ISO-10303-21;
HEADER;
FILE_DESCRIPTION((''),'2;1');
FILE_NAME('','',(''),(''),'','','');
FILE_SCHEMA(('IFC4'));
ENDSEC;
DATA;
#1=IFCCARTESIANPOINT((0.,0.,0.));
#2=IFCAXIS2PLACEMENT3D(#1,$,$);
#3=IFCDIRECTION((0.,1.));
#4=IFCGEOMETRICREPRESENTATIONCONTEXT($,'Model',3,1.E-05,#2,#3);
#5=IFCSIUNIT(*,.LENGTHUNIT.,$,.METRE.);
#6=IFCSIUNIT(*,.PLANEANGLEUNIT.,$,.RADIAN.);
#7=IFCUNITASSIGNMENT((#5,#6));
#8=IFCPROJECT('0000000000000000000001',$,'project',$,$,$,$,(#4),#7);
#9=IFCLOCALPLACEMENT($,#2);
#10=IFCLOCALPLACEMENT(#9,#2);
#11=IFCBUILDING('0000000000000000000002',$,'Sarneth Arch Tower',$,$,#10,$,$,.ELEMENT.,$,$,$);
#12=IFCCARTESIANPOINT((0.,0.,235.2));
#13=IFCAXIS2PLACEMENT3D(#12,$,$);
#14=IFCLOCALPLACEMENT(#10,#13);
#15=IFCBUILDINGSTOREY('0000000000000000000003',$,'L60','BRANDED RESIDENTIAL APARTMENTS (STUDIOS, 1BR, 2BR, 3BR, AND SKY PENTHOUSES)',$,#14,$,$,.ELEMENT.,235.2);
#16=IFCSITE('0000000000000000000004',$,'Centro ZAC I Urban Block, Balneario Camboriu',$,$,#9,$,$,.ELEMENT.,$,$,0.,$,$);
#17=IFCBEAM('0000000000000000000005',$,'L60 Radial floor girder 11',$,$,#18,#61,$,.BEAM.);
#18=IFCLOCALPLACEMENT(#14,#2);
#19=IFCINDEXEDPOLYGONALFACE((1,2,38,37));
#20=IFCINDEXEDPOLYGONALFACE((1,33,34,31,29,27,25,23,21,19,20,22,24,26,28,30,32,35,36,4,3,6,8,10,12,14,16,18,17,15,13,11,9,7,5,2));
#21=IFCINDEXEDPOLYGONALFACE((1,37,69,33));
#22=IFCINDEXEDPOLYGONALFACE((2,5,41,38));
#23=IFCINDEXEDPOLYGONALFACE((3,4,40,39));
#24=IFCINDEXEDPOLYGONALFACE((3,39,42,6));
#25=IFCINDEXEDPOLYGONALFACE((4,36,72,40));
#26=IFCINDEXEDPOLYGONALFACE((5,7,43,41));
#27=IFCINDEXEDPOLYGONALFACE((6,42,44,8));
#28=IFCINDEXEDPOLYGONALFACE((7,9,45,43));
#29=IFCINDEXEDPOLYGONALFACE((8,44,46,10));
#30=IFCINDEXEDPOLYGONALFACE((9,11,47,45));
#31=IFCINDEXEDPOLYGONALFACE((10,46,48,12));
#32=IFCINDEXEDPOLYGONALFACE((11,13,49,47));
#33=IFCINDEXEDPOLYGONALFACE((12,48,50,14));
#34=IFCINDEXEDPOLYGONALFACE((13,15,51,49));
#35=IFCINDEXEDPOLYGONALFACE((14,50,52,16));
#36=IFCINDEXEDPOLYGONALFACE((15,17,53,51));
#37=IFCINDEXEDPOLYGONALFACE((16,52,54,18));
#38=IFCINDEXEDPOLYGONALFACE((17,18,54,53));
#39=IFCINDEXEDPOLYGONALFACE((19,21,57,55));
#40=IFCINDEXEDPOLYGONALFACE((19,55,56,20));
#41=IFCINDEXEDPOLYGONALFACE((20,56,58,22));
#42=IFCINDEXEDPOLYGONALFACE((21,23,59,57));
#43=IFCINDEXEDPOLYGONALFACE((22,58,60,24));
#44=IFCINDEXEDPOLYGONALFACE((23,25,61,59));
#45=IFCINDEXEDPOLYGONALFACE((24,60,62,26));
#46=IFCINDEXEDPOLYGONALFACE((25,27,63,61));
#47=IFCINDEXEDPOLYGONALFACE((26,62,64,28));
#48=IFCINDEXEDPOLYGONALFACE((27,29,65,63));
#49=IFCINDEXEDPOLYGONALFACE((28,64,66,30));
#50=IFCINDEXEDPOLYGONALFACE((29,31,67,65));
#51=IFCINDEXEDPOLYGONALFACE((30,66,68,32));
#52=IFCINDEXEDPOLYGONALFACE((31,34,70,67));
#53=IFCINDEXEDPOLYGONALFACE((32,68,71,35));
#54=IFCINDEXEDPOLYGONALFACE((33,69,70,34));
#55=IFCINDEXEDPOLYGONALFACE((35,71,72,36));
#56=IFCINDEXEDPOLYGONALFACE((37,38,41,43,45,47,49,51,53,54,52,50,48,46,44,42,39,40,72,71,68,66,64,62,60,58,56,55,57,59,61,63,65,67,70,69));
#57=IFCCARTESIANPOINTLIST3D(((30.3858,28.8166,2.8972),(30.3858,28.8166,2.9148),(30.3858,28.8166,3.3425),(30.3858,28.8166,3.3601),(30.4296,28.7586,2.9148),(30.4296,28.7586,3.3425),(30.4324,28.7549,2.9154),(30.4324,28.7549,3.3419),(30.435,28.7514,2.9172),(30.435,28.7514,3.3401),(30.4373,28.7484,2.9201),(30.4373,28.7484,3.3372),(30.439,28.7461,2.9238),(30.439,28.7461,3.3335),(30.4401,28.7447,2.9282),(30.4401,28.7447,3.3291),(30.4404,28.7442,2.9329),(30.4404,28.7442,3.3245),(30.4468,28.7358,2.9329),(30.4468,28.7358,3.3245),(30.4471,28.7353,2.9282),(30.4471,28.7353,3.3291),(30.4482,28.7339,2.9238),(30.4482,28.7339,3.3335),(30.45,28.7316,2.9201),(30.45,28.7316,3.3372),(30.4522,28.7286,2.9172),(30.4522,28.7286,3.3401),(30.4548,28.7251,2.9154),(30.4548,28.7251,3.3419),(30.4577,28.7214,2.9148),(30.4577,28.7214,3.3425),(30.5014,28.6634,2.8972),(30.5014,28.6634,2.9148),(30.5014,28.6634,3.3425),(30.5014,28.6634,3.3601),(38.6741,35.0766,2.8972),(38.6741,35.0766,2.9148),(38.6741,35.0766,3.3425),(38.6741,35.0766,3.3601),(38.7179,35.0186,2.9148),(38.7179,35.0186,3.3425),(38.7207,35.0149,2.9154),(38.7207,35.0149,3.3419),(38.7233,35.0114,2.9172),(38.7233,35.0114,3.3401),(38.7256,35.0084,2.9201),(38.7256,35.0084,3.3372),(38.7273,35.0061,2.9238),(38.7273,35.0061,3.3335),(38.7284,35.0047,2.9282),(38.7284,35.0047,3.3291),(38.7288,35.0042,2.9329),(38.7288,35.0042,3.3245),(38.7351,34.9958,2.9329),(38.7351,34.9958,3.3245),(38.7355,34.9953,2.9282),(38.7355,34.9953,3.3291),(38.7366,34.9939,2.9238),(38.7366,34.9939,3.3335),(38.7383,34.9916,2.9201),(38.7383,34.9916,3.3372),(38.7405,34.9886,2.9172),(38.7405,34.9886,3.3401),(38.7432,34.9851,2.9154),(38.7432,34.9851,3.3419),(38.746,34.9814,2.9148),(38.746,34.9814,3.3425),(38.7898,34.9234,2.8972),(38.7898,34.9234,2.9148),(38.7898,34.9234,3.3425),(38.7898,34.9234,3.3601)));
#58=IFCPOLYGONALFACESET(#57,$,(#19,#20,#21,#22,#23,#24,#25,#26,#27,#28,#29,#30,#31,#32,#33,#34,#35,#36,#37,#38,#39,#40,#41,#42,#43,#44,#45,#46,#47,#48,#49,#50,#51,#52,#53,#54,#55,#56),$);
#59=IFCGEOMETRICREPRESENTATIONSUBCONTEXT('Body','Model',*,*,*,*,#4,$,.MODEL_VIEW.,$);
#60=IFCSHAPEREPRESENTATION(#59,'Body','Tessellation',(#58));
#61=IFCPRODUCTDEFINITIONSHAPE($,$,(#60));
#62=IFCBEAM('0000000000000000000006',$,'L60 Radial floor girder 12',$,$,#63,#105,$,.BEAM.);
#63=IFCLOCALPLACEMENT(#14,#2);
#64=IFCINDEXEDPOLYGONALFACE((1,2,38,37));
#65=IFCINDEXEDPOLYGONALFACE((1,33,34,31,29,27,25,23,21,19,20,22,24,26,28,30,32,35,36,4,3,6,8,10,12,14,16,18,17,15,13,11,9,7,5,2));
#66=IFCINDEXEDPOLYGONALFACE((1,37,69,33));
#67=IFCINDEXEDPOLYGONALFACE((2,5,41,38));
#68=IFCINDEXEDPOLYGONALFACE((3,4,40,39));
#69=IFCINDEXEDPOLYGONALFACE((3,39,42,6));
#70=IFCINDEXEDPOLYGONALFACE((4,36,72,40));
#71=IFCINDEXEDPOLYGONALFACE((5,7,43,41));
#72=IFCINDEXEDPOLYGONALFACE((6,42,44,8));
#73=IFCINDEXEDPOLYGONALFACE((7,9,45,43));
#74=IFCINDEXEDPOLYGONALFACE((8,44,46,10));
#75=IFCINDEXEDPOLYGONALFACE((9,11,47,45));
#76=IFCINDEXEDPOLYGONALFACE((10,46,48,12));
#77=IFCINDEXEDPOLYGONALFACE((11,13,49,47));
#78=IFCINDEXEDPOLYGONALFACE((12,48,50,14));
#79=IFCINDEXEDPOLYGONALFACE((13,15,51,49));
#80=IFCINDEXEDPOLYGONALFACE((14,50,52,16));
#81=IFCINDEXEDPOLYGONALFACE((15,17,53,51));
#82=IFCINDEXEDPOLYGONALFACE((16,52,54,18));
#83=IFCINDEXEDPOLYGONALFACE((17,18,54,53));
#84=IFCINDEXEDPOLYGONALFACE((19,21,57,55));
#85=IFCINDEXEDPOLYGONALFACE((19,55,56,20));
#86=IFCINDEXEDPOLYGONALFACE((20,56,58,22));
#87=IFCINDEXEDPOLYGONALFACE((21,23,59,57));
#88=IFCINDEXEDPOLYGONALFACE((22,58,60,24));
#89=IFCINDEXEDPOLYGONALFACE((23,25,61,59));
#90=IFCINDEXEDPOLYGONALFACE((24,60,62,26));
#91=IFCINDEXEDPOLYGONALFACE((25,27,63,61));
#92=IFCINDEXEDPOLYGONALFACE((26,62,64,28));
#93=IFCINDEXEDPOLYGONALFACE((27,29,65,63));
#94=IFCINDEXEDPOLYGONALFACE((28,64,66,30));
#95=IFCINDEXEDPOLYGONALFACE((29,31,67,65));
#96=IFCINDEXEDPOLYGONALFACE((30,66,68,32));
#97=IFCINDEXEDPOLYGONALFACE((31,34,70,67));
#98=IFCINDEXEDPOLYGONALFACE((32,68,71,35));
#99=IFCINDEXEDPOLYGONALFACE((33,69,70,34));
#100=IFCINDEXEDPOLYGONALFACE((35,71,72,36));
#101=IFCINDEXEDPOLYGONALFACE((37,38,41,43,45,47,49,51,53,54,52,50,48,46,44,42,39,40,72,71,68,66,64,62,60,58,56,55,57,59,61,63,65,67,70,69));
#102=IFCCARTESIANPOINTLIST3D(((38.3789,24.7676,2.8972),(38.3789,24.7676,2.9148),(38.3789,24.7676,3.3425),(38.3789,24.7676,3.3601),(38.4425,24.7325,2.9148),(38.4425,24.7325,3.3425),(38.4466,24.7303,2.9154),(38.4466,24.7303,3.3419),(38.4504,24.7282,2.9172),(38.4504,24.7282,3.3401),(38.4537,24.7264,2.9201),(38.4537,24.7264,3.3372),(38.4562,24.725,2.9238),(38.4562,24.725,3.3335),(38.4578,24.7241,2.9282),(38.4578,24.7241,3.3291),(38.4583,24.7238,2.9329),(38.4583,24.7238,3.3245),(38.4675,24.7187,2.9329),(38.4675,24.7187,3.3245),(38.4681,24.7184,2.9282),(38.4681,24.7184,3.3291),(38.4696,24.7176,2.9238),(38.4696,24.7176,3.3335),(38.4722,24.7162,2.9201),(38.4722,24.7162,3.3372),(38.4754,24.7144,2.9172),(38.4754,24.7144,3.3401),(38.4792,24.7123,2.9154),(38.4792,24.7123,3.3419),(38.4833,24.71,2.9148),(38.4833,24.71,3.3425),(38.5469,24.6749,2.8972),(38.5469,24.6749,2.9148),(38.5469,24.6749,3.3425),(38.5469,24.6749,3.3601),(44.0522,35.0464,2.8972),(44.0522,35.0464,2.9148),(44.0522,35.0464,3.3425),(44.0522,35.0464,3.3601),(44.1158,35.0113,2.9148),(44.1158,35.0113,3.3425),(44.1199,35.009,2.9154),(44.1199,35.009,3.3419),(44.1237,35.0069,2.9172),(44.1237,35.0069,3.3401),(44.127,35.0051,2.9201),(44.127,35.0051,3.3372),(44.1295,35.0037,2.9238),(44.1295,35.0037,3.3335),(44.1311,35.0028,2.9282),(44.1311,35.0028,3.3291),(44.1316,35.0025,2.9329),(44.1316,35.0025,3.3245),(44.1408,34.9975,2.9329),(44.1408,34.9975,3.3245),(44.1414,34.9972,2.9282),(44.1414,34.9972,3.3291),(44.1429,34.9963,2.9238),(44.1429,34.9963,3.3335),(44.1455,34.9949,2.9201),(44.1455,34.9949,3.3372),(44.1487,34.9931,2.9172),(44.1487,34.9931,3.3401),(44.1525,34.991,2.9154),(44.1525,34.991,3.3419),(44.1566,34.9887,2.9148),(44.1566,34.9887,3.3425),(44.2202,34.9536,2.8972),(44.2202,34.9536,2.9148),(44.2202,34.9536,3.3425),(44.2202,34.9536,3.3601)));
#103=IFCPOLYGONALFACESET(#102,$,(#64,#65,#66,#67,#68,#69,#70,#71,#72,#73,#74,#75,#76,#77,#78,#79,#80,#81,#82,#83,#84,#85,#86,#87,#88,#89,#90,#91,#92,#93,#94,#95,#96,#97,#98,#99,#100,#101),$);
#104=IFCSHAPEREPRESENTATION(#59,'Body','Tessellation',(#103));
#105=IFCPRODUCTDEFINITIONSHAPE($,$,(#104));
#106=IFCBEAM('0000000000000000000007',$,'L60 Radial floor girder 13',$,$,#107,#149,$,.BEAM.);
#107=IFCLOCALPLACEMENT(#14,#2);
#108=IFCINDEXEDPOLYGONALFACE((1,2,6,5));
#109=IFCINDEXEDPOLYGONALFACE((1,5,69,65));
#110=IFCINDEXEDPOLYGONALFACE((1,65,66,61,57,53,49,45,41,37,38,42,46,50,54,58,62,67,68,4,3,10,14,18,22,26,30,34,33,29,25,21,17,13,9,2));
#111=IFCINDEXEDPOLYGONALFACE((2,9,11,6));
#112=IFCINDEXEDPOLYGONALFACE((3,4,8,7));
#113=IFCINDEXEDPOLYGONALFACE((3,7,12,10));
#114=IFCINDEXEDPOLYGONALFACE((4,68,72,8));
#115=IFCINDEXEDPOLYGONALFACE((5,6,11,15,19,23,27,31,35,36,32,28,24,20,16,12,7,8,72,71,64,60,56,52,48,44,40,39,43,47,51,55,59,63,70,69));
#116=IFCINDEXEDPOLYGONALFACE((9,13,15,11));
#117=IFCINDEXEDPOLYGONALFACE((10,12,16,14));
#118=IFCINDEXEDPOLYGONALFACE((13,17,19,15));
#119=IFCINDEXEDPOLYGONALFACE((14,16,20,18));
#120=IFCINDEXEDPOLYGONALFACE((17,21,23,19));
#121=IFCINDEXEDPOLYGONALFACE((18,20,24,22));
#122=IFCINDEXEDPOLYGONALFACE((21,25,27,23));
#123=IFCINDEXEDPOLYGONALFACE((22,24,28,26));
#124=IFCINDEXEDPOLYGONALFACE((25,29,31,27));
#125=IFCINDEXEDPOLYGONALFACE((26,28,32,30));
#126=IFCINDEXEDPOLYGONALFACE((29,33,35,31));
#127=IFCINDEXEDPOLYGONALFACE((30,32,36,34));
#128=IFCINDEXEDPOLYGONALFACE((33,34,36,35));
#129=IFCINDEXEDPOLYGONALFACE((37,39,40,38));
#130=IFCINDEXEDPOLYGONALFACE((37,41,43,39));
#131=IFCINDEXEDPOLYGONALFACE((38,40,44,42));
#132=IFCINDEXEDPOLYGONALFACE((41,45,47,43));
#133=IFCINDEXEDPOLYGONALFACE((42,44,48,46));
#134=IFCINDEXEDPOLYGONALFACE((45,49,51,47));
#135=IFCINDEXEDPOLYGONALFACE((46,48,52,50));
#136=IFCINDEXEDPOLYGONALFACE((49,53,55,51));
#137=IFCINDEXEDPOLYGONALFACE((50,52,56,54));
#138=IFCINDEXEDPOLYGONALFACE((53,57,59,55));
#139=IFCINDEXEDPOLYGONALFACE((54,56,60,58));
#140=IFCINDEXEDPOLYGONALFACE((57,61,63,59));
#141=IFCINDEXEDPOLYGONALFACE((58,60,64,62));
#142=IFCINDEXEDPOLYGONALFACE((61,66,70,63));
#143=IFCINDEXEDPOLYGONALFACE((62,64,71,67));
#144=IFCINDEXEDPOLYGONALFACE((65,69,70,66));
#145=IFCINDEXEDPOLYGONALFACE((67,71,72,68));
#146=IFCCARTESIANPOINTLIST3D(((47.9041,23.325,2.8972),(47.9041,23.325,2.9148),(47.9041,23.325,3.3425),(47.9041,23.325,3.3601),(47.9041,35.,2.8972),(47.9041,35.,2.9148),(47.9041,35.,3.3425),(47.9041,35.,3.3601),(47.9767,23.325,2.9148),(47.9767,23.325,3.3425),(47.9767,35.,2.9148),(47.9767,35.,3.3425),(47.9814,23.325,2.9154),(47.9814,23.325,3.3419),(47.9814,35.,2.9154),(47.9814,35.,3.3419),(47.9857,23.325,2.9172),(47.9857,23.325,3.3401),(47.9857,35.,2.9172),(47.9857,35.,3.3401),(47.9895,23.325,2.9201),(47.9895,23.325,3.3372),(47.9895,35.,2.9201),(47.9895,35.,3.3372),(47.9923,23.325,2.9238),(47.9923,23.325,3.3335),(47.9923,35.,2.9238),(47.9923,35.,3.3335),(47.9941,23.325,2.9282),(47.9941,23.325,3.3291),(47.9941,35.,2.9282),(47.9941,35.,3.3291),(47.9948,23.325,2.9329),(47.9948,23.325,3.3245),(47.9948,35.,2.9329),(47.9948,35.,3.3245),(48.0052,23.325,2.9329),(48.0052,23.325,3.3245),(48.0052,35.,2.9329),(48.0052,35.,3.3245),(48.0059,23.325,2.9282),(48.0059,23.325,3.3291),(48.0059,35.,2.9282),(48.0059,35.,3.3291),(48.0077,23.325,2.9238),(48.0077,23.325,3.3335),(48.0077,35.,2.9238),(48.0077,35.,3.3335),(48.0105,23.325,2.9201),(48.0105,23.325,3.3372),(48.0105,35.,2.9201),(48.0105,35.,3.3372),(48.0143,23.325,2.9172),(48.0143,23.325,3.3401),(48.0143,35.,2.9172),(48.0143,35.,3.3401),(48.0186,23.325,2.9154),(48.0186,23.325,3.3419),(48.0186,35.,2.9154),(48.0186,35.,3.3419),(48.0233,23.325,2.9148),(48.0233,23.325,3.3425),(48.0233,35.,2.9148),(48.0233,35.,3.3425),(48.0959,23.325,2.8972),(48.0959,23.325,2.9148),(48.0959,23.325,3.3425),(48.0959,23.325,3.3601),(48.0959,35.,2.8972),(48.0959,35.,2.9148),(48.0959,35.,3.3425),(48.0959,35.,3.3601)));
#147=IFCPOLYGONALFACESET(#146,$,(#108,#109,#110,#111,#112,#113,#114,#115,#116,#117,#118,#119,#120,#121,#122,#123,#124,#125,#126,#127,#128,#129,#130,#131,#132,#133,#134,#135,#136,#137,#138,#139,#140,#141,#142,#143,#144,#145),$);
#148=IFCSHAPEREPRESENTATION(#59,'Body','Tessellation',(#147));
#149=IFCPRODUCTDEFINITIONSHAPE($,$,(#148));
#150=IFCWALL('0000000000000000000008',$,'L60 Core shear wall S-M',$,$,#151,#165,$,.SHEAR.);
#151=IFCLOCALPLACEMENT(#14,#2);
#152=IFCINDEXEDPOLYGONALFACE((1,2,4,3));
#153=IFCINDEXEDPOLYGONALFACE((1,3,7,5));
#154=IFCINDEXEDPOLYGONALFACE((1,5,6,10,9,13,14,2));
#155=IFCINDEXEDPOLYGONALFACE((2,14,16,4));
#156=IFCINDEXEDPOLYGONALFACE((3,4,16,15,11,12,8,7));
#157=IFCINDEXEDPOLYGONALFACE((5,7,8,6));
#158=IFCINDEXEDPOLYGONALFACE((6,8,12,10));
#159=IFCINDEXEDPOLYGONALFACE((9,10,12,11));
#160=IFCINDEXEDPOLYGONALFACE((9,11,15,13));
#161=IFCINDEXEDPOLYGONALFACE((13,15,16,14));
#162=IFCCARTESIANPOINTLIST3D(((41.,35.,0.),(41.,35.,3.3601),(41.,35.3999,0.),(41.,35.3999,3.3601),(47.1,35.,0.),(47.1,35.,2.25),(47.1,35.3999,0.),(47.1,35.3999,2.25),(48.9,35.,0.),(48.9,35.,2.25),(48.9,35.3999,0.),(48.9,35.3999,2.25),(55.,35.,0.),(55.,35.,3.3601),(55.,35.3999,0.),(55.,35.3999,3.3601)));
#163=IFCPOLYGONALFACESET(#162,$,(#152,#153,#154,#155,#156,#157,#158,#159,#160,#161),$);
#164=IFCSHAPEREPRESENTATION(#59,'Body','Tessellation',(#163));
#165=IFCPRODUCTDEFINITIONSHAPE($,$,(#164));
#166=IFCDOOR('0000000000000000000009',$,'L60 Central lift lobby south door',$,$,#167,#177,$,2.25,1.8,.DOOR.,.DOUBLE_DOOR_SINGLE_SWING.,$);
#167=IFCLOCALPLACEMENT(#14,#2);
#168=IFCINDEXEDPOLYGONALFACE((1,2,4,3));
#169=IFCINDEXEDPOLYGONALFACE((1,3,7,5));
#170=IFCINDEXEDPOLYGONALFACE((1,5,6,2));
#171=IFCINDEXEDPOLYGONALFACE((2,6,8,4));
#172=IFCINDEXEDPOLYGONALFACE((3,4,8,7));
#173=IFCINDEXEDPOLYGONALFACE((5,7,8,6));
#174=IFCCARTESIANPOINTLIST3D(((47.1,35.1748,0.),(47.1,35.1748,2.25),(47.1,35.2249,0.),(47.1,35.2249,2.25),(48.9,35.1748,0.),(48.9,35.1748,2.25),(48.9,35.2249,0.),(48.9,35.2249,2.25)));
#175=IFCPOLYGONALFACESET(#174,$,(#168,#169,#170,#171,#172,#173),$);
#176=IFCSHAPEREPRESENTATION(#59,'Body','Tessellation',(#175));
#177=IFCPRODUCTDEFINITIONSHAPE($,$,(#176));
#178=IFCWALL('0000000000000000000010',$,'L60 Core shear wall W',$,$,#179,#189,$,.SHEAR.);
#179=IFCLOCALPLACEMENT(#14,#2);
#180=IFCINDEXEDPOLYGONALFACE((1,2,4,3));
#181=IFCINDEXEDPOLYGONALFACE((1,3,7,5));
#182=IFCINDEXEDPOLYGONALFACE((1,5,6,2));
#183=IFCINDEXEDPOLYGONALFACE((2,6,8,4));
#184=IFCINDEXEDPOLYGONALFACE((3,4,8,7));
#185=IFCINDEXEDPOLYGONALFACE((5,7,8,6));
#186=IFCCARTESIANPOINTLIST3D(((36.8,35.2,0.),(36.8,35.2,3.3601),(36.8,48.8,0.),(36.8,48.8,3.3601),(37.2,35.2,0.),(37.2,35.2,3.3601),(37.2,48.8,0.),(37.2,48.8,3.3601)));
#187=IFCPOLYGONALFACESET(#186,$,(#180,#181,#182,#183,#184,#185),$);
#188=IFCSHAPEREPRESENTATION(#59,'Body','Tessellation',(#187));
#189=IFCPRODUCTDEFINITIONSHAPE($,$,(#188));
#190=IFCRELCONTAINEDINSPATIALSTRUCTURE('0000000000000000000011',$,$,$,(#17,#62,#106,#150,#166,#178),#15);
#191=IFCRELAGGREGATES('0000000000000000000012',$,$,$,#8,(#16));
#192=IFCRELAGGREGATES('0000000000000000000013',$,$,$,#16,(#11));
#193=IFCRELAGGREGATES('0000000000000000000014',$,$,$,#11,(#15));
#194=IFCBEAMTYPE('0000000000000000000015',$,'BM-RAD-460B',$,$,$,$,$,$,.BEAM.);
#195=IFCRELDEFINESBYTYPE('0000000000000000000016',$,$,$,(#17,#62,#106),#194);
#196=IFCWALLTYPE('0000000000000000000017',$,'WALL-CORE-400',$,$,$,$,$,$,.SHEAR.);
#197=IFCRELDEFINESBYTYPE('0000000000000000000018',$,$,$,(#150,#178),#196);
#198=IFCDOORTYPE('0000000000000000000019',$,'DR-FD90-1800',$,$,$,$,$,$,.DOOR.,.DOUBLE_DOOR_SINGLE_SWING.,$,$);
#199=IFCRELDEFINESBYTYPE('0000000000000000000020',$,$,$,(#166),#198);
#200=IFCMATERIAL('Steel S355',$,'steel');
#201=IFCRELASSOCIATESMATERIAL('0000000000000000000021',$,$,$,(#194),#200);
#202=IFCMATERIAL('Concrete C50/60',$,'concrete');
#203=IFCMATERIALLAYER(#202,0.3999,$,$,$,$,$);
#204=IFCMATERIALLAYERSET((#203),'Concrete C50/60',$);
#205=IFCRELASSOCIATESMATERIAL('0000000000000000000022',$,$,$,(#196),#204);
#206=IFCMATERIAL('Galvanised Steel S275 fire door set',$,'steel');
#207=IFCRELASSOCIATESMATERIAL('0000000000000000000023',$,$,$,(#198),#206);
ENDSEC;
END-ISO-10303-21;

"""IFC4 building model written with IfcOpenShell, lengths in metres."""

from ifc_helpers import new_model, si_unit, direction, frame, frame_2d, origin, origin_2d, place, context, subcontext, project, spatial, rectangle, i_section, extrude, material, layer, layer_set, material_profile, profile_set, type_object, element, fill, save


model = new_model("IFC4")

# Units and contexts
model_context = context("Model", 3, precision=1e-05, world=origin(), true_north=direction((0.0, 1.0)))
body_context = subcontext(model_context, "Body", "Model", "MODEL_VIEW")
ifc_project = project(units=[si_unit("LENGTHUNIT", "METRE"), si_unit("PLANEANGLEUNIT", "RADIAN")], contexts=[model_context])

# Site, building, storey
site_placement = place(None, origin())
site = spatial("IfcSite", under=ifc_project, at=site_placement, Name="Centro ZAC I Urban Block, Balneario Camboriu", CompositionType="ELEMENT", RefElevation=0.0)
building_placement = place(site_placement, origin())
building = spatial("IfcBuilding", under=site, at=building_placement, Name="Sarneth Arch Tower", CompositionType="ELEMENT")
storey_placement = place(building_placement, frame((0.0, 0.0, 235.2)))
storey = spatial("IfcBuildingStorey", under=building, at=storey_placement, Name="L60", Description="BRANDED RESIDENTIAL APARTMENTS (STUDIOS, 1BR, 2BR, 3BR, AND SKY PENTHOUSES)", CompositionType="ELEMENT", Elevation=235.2)

# Beams
ifc_material_1 = material(Name="Steel S355", Category="steel")
ifc_material_profile_1 = material_profile(ifc_material_1, i_section(OverallWidth=0.1919, OverallDepth=0.4629, WebThickness=0.0105, FlangeThickness=0.0176, FilletRadius=0.0181, at=origin_2d()), Name="W460x89")
ifc_profile_set_1 = profile_set([ifc_material_profile_1], Name="Steel S355")
beam_type_1 = type_object("IfcBeamType", Name="BM-RAD-460B", PredefinedType="BEAM", material=ifc_profile_set_1)
beam_1_placement = place(storey_placement, frame((38.7319, 35.0, 3.1287), z_axis=(-0.797973, -0.602693, 0.0), x_axis=(0.602693, -0.797973, 0.0)))
element("IfcBeam", 1, at=beam_1_placement, inside=storey, type_object=beam_type_1, Name="L60 Radial floor girder 11", PredefinedType="BEAM", context=body_context, shape_type="SweptSolid", body=[
    extrude(i_section(OverallWidth=0.1919, OverallDepth=0.4629, WebThickness=0.0105, FlangeThickness=0.0176, FilletRadius=0.0181, at=origin_2d()), origin(), (0.0, 0.0, 1.0), 10.3867),
])
beam_2_placement = place(storey_placement, frame((44.1362, 35.0, 3.1287), z_axis=(-0.483226, -0.875496, 0.0), x_axis=(0.875496, -0.483226, 0.0)))
element("IfcBeam", 2, at=beam_2_placement, inside=storey, type_object=beam_type_1, Name="L60 Radial floor girder 12", PredefinedType="BEAM", context=body_context, shape_type="SweptSolid", body=[
    extrude(i_section(OverallWidth=0.1919, OverallDepth=0.4629, WebThickness=0.0105, FlangeThickness=0.0176, FilletRadius=0.0181, at=origin_2d()), origin(), (0.0, 0.0, 1.0), 11.7405),
])
beam_3_placement = place(storey_placement, frame((48.0, 35.0, 3.1287), z_axis=(0.0, -1.0, 0.0), x_axis=(1.0, 0.0, 0.0)))
element("IfcBeam", 3, at=beam_3_placement, inside=storey, type_object=beam_type_1, Name="L60 Radial floor girder 13", PredefinedType="BEAM", context=body_context, shape_type="SweptSolid", body=[
    extrude(i_section(OverallWidth=0.1919, OverallDepth=0.4629, WebThickness=0.0105, FlangeThickness=0.0176, FilletRadius=0.0181, at=origin_2d()), origin(), (0.0, 0.0, 1.0), 11.675),
])

# Wall, opening, door
ifc_material_2 = material(Name="Concrete C50/60", Category="concrete")
ifc_layer_1 = layer(ifc_material_2, 0.3999)
ifc_layer_set_1 = layer_set([ifc_layer_1], Name="Concrete C50/60")
wall_type_1 = type_object("IfcWallType", Name="WALL-CORE-400", PredefinedType="SHEAR", material=ifc_layer_set_1)
wall_1_placement = place(storey_placement, frame((41.0, 35.2, 0.0), z_axis=(0.0, 0.0, 1.0), x_axis=(1.0, 0.0, 0.0)))
wall_1 = element("IfcWall", 4, at=wall_1_placement, inside=storey, type_object=wall_type_1, Name="L60 Core shear wall S-M", PredefinedType="SHEAR", context=body_context, shape_type="SweptSolid", body=[
    extrude(rectangle(XDim=14.0, YDim=0.3999, at=frame_2d((7.0, 0.0))), origin(), (0.0, 0.0, 1.0), 3.3601),
])
opening_1_placement = place(wall_1_placement, frame((6.1001, 0.0, 0.0)))
opening_1 = element("IfcOpeningElement", 5, at=opening_1_placement, cuts=wall_1, PredefinedType="OPENING", context=body_context, shape_type="SweptSolid", body=[
    extrude(rectangle(XDim=1.8, YDim=2.25, at=frame_2d((0.8999, 1.125))), frame((0.0, 0.21, 0.0), z_axis=(0.0, -1.0, 0.0), x_axis=(1.0, 0.0, 0.0)), (0.0, 0.0, 1.0), 0.4199),
])
ifc_material_3 = material(Name="Galvanised Steel S275 fire door set", Category="steel")
door_type_1 = type_object("IfcDoorType", Name="DR-FD90-1800", OperationType="DOUBLE_DOOR_SINGLE_SWING", PredefinedType="DOOR", material=ifc_material_3)
door_1_placement = place(opening_1_placement, origin())
door_1 = element("IfcDoor", 6, at=door_1_placement, inside=storey, type_object=door_type_1, Name="L60 Central lift lobby south door", OperationType="DOUBLE_DOOR_SINGLE_SWING", OverallHeight=2.25, OverallWidth=1.8, PredefinedType="DOOR", context=body_context, shape_type="SweptSolid", body=[
    extrude(rectangle(XDim=1.8, YDim=2.25, at=frame_2d((0.8999, 1.125))), frame((0.0, 0.0249, 0.0), z_axis=(0.0, -1.0, 0.0), x_axis=(1.0, 0.0, 0.0)), (0.0, 0.0, 1.0), 0.05),
])
fill(opening_1, door_1)

# Wall
wall_2_placement = place(storey_placement, frame((37.0, 35.2, 0.0), z_axis=(0.0, 0.0, 1.0), x_axis=(0.0, 1.0, 0.0)))
element("IfcWall", 7, at=wall_2_placement, inside=storey, type_object=wall_type_1, Name="L60 Core shear wall W", PredefinedType="SHEAR", context=body_context, shape_type="SweptSolid", body=[
    extrude(rectangle(XDim=13.6001, YDim=0.3999, at=frame_2d((6.8, 0.0))), origin(), (0.0, 0.0, 1.0), 3.3601),
])

save(model, "model.ifc")
